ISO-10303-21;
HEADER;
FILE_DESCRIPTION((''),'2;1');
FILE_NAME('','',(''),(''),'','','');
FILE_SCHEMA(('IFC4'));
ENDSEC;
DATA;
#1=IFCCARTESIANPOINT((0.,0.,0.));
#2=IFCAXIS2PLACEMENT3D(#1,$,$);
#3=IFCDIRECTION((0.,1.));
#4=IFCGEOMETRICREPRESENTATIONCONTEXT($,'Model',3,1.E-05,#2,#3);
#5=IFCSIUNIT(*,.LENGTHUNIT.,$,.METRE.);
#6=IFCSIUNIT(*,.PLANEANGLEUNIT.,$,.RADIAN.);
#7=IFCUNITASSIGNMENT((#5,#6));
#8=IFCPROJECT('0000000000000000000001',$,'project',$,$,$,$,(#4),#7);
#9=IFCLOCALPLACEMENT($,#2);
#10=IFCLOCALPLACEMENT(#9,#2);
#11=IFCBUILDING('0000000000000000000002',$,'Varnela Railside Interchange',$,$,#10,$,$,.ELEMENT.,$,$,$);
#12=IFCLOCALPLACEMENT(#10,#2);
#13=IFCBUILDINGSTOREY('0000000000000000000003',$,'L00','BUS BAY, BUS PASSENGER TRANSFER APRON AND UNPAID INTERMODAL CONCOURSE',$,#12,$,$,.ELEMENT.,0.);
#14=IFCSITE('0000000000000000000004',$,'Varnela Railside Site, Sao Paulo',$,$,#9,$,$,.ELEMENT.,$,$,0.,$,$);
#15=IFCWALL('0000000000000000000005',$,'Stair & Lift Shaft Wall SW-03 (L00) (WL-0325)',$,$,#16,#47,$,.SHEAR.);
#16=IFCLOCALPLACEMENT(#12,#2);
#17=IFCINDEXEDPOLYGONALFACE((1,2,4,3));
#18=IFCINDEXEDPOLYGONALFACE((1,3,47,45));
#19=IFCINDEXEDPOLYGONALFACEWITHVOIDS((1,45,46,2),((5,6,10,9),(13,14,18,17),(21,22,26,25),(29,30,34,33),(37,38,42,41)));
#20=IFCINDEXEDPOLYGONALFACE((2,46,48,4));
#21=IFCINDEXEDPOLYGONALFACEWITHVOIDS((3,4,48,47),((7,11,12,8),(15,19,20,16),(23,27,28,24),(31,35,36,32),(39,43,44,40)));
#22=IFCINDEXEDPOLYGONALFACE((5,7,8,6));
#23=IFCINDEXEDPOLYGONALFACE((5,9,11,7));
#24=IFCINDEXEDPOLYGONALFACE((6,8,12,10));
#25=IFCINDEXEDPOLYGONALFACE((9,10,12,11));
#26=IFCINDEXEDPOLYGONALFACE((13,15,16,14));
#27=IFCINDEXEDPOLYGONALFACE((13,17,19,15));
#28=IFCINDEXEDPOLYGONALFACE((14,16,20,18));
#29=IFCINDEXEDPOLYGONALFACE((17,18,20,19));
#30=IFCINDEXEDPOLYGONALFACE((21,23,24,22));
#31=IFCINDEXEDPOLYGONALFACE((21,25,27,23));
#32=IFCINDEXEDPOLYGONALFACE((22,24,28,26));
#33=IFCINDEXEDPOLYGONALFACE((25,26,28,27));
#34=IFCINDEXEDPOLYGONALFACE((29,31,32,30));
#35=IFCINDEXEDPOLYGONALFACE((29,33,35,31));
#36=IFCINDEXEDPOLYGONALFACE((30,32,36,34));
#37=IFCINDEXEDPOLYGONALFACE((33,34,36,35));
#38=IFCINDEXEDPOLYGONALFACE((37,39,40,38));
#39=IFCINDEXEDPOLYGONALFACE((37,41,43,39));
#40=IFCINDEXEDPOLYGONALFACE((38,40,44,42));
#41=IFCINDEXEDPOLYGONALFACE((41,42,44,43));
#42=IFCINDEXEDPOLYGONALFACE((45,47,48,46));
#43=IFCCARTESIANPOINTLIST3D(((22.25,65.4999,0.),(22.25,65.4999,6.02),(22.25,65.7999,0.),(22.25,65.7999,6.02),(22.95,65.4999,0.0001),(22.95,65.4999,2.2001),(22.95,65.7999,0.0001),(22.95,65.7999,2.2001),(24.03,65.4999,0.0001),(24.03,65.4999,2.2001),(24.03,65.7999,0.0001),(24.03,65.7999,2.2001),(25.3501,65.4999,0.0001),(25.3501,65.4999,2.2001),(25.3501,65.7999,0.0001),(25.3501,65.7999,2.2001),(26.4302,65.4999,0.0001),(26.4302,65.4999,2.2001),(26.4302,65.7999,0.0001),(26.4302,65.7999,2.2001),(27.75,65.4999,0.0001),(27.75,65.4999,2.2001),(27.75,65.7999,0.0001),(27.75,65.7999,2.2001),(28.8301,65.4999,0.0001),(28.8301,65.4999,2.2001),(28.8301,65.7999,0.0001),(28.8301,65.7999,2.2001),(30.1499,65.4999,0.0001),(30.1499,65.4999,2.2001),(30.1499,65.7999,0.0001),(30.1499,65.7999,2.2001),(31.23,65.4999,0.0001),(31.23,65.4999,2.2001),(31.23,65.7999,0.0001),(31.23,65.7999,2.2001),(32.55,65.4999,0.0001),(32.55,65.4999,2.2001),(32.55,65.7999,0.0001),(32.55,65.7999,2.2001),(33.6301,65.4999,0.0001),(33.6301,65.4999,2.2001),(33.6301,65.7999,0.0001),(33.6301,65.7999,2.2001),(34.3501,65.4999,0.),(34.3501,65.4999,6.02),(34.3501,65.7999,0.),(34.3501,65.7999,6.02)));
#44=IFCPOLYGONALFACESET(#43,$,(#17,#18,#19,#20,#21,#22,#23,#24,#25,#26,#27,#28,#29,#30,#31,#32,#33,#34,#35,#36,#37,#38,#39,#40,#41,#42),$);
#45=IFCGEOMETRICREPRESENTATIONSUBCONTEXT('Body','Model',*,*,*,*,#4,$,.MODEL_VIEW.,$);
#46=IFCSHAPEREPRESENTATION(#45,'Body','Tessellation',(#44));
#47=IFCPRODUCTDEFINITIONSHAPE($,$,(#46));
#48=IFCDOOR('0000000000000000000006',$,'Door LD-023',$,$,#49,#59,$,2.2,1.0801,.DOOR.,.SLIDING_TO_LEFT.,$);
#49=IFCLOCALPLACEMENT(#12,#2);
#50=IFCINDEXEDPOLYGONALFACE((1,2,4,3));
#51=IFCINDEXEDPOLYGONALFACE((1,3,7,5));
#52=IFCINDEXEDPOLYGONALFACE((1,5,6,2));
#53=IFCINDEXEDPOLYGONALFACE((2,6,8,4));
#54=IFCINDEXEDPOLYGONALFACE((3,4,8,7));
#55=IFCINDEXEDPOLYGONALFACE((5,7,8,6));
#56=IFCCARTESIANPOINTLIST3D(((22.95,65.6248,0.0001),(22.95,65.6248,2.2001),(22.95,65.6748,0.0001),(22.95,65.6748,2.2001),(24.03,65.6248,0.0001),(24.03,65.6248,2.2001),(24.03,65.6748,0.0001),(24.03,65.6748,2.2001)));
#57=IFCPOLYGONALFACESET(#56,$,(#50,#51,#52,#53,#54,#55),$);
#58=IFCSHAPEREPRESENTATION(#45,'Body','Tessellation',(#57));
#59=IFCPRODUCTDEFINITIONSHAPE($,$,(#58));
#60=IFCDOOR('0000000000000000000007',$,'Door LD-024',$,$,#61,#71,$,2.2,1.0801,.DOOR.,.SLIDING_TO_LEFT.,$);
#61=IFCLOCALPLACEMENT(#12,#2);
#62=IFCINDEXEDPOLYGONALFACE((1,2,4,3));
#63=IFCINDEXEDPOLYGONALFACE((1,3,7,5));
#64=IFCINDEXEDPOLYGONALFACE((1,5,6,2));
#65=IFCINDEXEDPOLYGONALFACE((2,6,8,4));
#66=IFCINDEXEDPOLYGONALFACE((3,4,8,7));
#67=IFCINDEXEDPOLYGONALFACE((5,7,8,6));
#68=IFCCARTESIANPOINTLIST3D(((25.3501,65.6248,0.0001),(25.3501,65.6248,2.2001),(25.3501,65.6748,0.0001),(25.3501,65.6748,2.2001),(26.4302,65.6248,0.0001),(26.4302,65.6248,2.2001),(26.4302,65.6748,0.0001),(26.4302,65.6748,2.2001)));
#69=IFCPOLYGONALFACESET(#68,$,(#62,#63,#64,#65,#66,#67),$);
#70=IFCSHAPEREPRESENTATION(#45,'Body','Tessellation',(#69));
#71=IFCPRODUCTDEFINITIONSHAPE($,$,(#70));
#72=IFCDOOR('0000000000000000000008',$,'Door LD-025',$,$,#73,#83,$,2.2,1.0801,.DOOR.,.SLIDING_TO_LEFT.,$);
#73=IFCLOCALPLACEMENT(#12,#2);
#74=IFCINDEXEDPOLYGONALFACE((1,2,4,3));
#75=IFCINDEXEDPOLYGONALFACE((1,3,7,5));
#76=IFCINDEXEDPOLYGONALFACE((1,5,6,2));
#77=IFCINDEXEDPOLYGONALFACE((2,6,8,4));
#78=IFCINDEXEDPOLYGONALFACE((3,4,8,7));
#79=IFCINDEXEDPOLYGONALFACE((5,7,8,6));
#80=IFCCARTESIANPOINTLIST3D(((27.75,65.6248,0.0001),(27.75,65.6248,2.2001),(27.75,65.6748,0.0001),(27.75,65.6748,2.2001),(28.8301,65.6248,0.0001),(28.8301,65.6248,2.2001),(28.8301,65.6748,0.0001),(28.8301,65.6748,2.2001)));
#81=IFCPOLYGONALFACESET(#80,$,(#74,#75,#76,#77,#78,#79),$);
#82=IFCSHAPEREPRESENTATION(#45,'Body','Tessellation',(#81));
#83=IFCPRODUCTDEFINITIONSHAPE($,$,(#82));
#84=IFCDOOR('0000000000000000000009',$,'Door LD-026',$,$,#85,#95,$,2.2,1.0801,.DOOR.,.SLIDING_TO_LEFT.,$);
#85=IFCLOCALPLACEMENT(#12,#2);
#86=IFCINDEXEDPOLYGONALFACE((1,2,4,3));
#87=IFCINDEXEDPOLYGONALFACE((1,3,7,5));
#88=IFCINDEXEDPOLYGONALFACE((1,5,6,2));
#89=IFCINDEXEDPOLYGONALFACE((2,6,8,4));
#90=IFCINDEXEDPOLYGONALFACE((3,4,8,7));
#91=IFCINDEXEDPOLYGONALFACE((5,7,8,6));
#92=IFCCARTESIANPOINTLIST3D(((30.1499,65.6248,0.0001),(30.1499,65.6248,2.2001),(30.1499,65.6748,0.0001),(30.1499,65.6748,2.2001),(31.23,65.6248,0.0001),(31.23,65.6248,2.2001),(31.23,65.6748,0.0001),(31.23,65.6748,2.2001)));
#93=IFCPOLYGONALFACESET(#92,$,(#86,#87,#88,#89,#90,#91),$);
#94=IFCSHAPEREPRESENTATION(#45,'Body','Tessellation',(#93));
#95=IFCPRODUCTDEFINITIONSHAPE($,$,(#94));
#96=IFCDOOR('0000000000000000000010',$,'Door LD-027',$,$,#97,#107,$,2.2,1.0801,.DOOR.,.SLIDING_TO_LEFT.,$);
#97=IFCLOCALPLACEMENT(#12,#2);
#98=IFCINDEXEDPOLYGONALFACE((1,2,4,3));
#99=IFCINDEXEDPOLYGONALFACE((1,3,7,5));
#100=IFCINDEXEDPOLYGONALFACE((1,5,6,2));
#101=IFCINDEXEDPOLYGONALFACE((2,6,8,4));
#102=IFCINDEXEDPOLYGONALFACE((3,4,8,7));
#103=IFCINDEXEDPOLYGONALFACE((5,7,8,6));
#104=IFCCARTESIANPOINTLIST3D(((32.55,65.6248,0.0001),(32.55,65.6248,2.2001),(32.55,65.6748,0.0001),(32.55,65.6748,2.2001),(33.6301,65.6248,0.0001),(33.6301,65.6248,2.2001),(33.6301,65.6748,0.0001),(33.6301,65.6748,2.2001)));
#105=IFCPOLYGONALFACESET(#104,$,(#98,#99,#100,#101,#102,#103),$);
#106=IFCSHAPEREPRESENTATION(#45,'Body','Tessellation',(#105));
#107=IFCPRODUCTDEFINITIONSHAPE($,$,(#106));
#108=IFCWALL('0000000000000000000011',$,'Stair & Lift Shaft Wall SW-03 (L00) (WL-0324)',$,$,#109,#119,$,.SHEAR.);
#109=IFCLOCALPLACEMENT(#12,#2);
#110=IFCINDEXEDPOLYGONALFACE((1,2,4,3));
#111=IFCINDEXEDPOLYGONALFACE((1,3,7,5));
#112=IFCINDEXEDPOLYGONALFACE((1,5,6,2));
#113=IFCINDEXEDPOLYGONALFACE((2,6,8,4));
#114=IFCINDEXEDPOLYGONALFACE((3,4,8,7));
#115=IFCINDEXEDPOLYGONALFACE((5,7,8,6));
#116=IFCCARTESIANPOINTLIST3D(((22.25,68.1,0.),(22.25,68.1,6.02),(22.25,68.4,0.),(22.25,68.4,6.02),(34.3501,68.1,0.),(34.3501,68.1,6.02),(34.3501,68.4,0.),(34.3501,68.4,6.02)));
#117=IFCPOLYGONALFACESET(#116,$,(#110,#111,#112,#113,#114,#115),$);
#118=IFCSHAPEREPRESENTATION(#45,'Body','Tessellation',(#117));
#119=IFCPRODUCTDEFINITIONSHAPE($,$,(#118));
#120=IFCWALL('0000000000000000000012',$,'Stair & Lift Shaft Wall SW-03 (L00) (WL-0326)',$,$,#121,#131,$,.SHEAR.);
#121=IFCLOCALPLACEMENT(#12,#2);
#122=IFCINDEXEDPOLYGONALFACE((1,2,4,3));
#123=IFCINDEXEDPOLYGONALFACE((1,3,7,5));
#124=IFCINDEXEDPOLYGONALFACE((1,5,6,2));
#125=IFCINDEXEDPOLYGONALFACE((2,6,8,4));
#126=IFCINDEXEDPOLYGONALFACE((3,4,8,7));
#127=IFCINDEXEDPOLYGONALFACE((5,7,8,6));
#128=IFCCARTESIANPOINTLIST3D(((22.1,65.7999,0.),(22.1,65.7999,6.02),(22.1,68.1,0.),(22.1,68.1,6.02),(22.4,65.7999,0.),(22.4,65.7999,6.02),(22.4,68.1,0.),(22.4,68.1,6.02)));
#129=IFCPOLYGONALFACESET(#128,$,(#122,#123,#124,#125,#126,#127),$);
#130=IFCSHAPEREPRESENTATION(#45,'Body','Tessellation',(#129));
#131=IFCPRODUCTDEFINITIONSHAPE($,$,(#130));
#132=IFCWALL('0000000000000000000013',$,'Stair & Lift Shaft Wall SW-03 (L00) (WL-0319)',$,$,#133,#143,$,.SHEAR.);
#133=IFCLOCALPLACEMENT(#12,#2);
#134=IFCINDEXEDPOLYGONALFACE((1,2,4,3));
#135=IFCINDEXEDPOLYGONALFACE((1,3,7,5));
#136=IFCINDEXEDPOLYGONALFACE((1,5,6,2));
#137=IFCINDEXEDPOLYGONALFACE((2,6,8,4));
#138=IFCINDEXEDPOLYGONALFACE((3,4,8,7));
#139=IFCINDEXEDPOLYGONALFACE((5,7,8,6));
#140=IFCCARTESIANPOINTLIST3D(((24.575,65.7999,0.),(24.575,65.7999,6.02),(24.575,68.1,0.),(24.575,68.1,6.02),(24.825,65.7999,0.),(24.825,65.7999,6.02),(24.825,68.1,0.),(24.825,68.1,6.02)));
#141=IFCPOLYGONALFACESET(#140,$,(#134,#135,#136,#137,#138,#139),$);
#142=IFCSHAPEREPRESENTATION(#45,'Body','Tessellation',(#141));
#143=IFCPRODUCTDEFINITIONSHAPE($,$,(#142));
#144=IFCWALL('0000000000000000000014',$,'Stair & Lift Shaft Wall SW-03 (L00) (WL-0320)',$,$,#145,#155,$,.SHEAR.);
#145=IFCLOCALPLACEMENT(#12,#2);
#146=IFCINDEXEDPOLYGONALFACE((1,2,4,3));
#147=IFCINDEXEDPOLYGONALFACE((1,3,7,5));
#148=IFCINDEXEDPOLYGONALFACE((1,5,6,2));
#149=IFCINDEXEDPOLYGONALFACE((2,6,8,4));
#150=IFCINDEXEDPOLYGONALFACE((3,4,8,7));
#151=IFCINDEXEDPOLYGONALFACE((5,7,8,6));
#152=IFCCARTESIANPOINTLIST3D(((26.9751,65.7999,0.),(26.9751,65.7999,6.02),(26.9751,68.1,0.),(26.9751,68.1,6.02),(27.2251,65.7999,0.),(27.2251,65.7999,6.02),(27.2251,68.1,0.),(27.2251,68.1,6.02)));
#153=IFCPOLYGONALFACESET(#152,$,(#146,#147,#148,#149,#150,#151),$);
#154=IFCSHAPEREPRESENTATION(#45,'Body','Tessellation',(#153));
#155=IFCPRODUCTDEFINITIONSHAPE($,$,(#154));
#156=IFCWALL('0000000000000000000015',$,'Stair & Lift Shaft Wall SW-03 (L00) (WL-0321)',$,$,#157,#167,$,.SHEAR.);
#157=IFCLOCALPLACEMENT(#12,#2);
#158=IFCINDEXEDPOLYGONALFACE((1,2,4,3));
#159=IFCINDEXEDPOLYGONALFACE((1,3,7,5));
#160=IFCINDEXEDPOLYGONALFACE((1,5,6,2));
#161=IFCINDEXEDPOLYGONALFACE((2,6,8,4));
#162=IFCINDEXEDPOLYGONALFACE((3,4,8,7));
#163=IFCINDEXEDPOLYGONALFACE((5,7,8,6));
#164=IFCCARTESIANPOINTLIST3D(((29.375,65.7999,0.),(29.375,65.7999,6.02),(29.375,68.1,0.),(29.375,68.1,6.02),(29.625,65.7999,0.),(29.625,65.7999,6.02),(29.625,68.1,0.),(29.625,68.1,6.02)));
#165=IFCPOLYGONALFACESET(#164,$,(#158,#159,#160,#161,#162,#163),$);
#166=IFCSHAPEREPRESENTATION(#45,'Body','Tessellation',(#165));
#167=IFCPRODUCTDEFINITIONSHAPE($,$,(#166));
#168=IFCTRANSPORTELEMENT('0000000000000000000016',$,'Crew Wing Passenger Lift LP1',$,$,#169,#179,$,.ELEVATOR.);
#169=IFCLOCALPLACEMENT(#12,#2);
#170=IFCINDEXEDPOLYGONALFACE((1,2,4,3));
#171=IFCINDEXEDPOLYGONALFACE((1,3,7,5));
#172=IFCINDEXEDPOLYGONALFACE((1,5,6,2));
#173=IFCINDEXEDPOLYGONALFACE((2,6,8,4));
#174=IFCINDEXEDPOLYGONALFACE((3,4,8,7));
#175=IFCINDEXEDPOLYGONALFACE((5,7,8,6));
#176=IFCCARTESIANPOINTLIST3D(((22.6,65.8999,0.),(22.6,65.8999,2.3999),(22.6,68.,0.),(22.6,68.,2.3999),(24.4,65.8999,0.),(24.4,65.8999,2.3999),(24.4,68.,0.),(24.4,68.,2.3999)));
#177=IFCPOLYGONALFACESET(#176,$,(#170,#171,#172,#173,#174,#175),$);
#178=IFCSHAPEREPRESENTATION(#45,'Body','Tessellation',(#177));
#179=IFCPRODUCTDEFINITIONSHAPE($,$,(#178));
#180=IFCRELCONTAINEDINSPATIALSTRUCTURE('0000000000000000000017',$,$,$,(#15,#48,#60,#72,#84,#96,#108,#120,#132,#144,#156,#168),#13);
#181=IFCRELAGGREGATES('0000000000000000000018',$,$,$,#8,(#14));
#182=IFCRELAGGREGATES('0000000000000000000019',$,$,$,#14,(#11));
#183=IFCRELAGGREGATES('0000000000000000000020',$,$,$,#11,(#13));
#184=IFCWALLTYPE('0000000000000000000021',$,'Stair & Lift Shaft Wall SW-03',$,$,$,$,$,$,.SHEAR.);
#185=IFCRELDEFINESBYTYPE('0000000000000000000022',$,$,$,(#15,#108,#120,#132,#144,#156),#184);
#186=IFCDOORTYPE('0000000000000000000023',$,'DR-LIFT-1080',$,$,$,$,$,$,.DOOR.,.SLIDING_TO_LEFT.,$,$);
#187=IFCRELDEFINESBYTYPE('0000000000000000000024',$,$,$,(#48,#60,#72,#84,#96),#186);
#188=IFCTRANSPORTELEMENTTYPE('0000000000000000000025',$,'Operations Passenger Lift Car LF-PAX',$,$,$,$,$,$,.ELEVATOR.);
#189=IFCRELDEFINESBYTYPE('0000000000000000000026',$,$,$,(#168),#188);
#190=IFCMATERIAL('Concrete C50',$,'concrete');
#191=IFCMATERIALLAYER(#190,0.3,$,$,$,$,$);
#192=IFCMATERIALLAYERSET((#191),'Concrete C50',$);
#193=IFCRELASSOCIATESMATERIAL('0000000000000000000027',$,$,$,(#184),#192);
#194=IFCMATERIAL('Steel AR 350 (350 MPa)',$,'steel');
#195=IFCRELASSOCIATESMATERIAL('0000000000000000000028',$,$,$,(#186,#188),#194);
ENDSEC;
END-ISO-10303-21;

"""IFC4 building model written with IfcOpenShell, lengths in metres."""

from ifc_helpers import new_model, si_unit, direction, frame, frame_2d, origin, origin_2d, place, context, subcontext, project, spatial, rectangle, extrude, material, layer, layer_set, type_object, element, fill, save


model = new_model("IFC4")

# Units and contexts
model_context = context("Model", 3, precision=1e-05, world=origin(), true_north=direction((0.0, 1.0)))
body_context = subcontext(model_context, "Body", "Model", "MODEL_VIEW")
ifc_project = project(units=[si_unit("LENGTHUNIT", "METRE"), si_unit("PLANEANGLEUNIT", "RADIAN")], contexts=[model_context])

# Site, building, storey
site_placement = place(None, origin())
site = spatial("IfcSite", under=ifc_project, at=site_placement, Name="Varnela Railside Site, Sao Paulo", CompositionType="ELEMENT", RefElevation=0.0)
building_placement = place(site_placement, origin())
building = spatial("IfcBuilding", under=site, at=building_placement, Name="Varnela Railside Interchange", CompositionType="ELEMENT")
storey_placement = place(building_placement, origin())
storey = spatial("IfcBuildingStorey", under=building, at=storey_placement, Name="L00", Description="BUS BAY, BUS PASSENGER TRANSFER APRON AND UNPAID INTERMODAL CONCOURSE", CompositionType="ELEMENT", Elevation=0.0)

# Shared definitions
ifc_material_1 = material(Name="Steel AR 350 (350 MPa)", Category="steel")

# Shared definitions
ifc_material_2 = material(Name="Concrete C50", Category="concrete")

# Shared definitions
ifc_layer_1 = layer(ifc_material_2, 0.3)
ifc_layer_set_1 = layer_set([ifc_layer_1], Name="Concrete C50")
wall_type_1 = type_object("IfcWallType", Name="Stair & Lift Shaft Wall SW-03", PredefinedType="SHEAR", material=ifc_layer_set_1)

# Wall, openings, doors
wall_1_placement = place(storey_placement, frame((22.25, 65.6499, 0.0), z_axis=(0.0, 0.0, 1.0), x_axis=(1.0, 0.0, 0.0)))
wall_1 = element("IfcWall", 1, at=wall_1_placement, inside=storey, type_object=wall_type_1, Name="Stair & Lift Shaft Wall SW-03 (L00) (WL-0325)", PredefinedType="SHEAR", context=body_context, shape_type="SweptSolid", body=[
    extrude(rectangle(XDim=12.1001, YDim=0.3, at=frame_2d((6.05, 0.0))), origin(), (0.0, 0.0, 1.0), 6.02),
])
opening_1_placement = place(wall_1_placement, frame((0.7, 0.0, 0.0)))
opening_1 = element("IfcOpeningElement", 2, at=opening_1_placement, cuts=wall_1, PredefinedType="OPENING", context=body_context, shape_type="SweptSolid", body=[
    extrude(rectangle(XDim=1.0801, YDim=2.2, at=frame_2d((0.54, 1.1001))), frame((0.0, 0.1599, 0.0), z_axis=(0.0, -1.0, 0.0), x_axis=(1.0, 0.0, 0.0)), (0.0, 0.0, 1.0), 0.3201),
])
opening_2_placement = place(wall_1_placement, frame((3.1001, 0.0, 0.0)))
opening_2 = element("IfcOpeningElement", 3, at=opening_2_placement, cuts=wall_1, PredefinedType="OPENING", context=body_context, shape_type="SweptSolid", body=[
    extrude(rectangle(XDim=1.0801, YDim=2.2, at=frame_2d((0.54, 1.1001))), frame((0.0, 0.1599, 0.0), z_axis=(0.0, -1.0, 0.0), x_axis=(1.0, 0.0, 0.0)), (0.0, 0.0, 1.0), 0.3201),
])
opening_3_placement = place(wall_1_placement, frame((5.5, 0.0, 0.0)))
opening_3 = element("IfcOpeningElement", 4, at=opening_3_placement, cuts=wall_1, PredefinedType="OPENING", context=body_context, shape_type="SweptSolid", body=[
    extrude(rectangle(XDim=1.0801, YDim=2.2, at=frame_2d((0.54, 1.1001))), frame((0.0, 0.1599, 0.0), z_axis=(0.0, -1.0, 0.0), x_axis=(1.0, 0.0, 0.0)), (0.0, 0.0, 1.0), 0.3201),
])
opening_4_placement = place(wall_1_placement, frame((7.8999, 0.0, 0.0)))
opening_4 = element("IfcOpeningElement", 5, at=opening_4_placement, cuts=wall_1, PredefinedType="OPENING", context=body_context, shape_type="SweptSolid", body=[
    extrude(rectangle(XDim=1.0801, YDim=2.2, at=frame_2d((0.54, 1.1001))), frame((0.0, 0.1599, 0.0), z_axis=(0.0, -1.0, 0.0), x_axis=(1.0, 0.0, 0.0)), (0.0, 0.0, 1.0), 0.3201),
])
opening_5_placement = place(wall_1_placement, frame((10.3, 0.0, 0.0)))
opening_5 = element("IfcOpeningElement", 6, at=opening_5_placement, cuts=wall_1, PredefinedType="OPENING", context=body_context, shape_type="SweptSolid", body=[
    extrude(rectangle(XDim=1.0801, YDim=2.2, at=frame_2d((0.54, 1.1001))), frame((0.0, 0.1599, 0.0), z_axis=(0.0, -1.0, 0.0), x_axis=(1.0, 0.0, 0.0)), (0.0, 0.0, 1.0), 0.3201),
])
door_type = type_object("IfcDoorType", Name="DR-LIFT-1080", OperationType="SLIDING_TO_LEFT", PredefinedType="DOOR", material=ifc_material_1)
door_1_placement = place(opening_1_placement, origin())
door_1 = element("IfcDoor", 7, at=door_1_placement, inside=storey, type_object=door_type, Name="Door LD-023", OperationType="SLIDING_TO_LEFT", OverallHeight=2.2, OverallWidth=1.0801, PredefinedType="DOOR", context=body_context, shape_type="SweptSolid", body=[
    extrude(rectangle(XDim=1.0801, YDim=2.2, at=frame_2d((0.54, 1.1001))), frame((0.0, 0.0249, 0.0), z_axis=(0.0, -1.0, 0.0), x_axis=(1.0, 0.0, 0.0)), (0.0, 0.0, 1.0), 0.05),
])
fill(opening_1, door_1)
door_2_placement = place(opening_2_placement, origin())
door_2 = element("IfcDoor", 8, at=door_2_placement, inside=storey, type_object=door_type, Name="Door LD-024", OperationType="SLIDING_TO_LEFT", OverallHeight=2.2, OverallWidth=1.0801, PredefinedType="DOOR", context=body_context, shape_type="SweptSolid", body=[
    extrude(rectangle(XDim=1.0801, YDim=2.2, at=frame_2d((0.54, 1.1001))), frame((0.0, 0.0249, 0.0), z_axis=(0.0, -1.0, 0.0), x_axis=(1.0, 0.0, 0.0)), (0.0, 0.0, 1.0), 0.05),
])
fill(opening_2, door_2)
door_3_placement = place(opening_3_placement, origin())
door_3 = element("IfcDoor", 9, at=door_3_placement, inside=storey, type_object=door_type, Name="Door LD-025", OperationType="SLIDING_TO_LEFT", OverallHeight=2.2, OverallWidth=1.0801, PredefinedType="DOOR", context=body_context, shape_type="SweptSolid", body=[
    extrude(rectangle(XDim=1.0801, YDim=2.2, at=frame_2d((0.54, 1.1001))), frame((0.0, 0.0249, 0.0), z_axis=(0.0, -1.0, 0.0), x_axis=(1.0, 0.0, 0.0)), (0.0, 0.0, 1.0), 0.05),
])
fill(opening_3, door_3)
door_4_placement = place(opening_4_placement, origin())
door_4 = element("IfcDoor", 10, at=door_4_placement, inside=storey, type_object=door_type, Name="Door LD-026", OperationType="SLIDING_TO_LEFT", OverallHeight=2.2, OverallWidth=1.0801, PredefinedType="DOOR", context=body_context, shape_type="SweptSolid", body=[
    extrude(rectangle(XDim=1.0801, YDim=2.2, at=frame_2d((0.54, 1.1001))), frame((0.0, 0.0249, 0.0), z_axis=(0.0, -1.0, 0.0), x_axis=(1.0, 0.0, 0.0)), (0.0, 0.0, 1.0), 0.05),
])
fill(opening_4, door_4)
door_5_placement = place(opening_5_placement, origin())
door_5 = element("IfcDoor", 11, at=door_5_placement, inside=storey, type_object=door_type, Name="Door LD-027", OperationType="SLIDING_TO_LEFT", OverallHeight=2.2, OverallWidth=1.0801, PredefinedType="DOOR", context=body_context, shape_type="SweptSolid", body=[
    extrude(rectangle(XDim=1.0801, YDim=2.2, at=frame_2d((0.54, 1.1001))), frame((0.0, 0.0249, 0.0), z_axis=(0.0, -1.0, 0.0), x_axis=(1.0, 0.0, 0.0)), (0.0, 0.0, 1.0), 0.05),
])
fill(opening_5, door_5)

# Walls
wall_2_placement = place(storey_placement, frame((22.25, 68.25, 0.0), z_axis=(0.0, 0.0, 1.0), x_axis=(1.0, 0.0, 0.0)))
element("IfcWall", 12, at=wall_2_placement, inside=storey, type_object=wall_type_1, Name="Stair & Lift Shaft Wall SW-03 (L00) (WL-0324)", PredefinedType="SHEAR", context=body_context, shape_type="SweptSolid", body=[
    extrude(rectangle(XDim=12.1001, YDim=0.3, at=frame_2d((6.05, 0.0))), origin(), (0.0, 0.0, 1.0), 6.02),
])
wall_3_placement = place(storey_placement, frame((22.25, 65.8, 0.0), z_axis=(0.0, 0.0, 1.0), x_axis=(0.0, 1.0, 0.0)))
element("IfcWall", 13, at=wall_3_placement, inside=storey, type_object=wall_type_1, Name="Stair & Lift Shaft Wall SW-03 (L00) (WL-0326)", PredefinedType="SHEAR", context=body_context, shape_type="SweptSolid", body=[
    extrude(rectangle(XDim=2.3, YDim=0.3, at=frame_2d((1.1499, 0.0))), origin(), (0.0, 0.0, 1.0), 6.02),
])
for number, where, z_axis, x_axis, name in (
    (14, (24.7, 65.8, 0.0), (0.0, 0.0, 1.0), (0.0, 1.0, 0.0), "Stair & Lift Shaft Wall SW-03 (L00) (WL-0319)"),
    (15, (27.1001, 65.8, 0.0), (0.0, 0.0, 1.0), (0.0, 1.0, 0.0), "Stair & Lift Shaft Wall SW-03 (L00) (WL-0320)"),
    (16, (29.5, 65.8, 0.0), (0.0, 0.0, 1.0), (0.0, 1.0, 0.0), "Stair & Lift Shaft Wall SW-03 (L00) (WL-0321)"),
):
    element("IfcWall", number, at=place(storey_placement, frame(where, z_axis=z_axis, x_axis=x_axis)), inside=storey, type_object=wall_type_1, Name=name, PredefinedType="SHEAR", context=body_context, shape_type="SweptSolid", body=[
        extrude(rectangle(XDim=2.3, YDim=0.25, at=frame_2d((1.1499, 0.0))), origin(), (0.0, 0.0, 1.0), 6.02),
    ])

# Transport element
transport_element_type = type_object("IfcTransportElementType", Name="Operations Passenger Lift Car LF-PAX", PredefinedType="ELEVATOR", material=ifc_material_1)
for number, where, z_axis, x_axis, name in (
    (17, (23.5, 66.95, 0.0), (0.0, 0.0, 1.0), (1.0, 0.0, 0.0), "Crew Wing Passenger Lift LP1"),
):
    element("IfcTransportElement", number, at=place(storey_placement, frame(where, z_axis=z_axis, x_axis=x_axis)), inside=storey, type_object=transport_element_type, Name=name, PredefinedType="ELEVATOR", context=body_context, shape_type="SweptSolid", body=[
        extrude(rectangle(XDim=1.8, YDim=2.1001, at=origin_2d()), origin(), (0.0, 0.0, 1.0), 2.3999),
    ])

save(model, "model.ifc")
